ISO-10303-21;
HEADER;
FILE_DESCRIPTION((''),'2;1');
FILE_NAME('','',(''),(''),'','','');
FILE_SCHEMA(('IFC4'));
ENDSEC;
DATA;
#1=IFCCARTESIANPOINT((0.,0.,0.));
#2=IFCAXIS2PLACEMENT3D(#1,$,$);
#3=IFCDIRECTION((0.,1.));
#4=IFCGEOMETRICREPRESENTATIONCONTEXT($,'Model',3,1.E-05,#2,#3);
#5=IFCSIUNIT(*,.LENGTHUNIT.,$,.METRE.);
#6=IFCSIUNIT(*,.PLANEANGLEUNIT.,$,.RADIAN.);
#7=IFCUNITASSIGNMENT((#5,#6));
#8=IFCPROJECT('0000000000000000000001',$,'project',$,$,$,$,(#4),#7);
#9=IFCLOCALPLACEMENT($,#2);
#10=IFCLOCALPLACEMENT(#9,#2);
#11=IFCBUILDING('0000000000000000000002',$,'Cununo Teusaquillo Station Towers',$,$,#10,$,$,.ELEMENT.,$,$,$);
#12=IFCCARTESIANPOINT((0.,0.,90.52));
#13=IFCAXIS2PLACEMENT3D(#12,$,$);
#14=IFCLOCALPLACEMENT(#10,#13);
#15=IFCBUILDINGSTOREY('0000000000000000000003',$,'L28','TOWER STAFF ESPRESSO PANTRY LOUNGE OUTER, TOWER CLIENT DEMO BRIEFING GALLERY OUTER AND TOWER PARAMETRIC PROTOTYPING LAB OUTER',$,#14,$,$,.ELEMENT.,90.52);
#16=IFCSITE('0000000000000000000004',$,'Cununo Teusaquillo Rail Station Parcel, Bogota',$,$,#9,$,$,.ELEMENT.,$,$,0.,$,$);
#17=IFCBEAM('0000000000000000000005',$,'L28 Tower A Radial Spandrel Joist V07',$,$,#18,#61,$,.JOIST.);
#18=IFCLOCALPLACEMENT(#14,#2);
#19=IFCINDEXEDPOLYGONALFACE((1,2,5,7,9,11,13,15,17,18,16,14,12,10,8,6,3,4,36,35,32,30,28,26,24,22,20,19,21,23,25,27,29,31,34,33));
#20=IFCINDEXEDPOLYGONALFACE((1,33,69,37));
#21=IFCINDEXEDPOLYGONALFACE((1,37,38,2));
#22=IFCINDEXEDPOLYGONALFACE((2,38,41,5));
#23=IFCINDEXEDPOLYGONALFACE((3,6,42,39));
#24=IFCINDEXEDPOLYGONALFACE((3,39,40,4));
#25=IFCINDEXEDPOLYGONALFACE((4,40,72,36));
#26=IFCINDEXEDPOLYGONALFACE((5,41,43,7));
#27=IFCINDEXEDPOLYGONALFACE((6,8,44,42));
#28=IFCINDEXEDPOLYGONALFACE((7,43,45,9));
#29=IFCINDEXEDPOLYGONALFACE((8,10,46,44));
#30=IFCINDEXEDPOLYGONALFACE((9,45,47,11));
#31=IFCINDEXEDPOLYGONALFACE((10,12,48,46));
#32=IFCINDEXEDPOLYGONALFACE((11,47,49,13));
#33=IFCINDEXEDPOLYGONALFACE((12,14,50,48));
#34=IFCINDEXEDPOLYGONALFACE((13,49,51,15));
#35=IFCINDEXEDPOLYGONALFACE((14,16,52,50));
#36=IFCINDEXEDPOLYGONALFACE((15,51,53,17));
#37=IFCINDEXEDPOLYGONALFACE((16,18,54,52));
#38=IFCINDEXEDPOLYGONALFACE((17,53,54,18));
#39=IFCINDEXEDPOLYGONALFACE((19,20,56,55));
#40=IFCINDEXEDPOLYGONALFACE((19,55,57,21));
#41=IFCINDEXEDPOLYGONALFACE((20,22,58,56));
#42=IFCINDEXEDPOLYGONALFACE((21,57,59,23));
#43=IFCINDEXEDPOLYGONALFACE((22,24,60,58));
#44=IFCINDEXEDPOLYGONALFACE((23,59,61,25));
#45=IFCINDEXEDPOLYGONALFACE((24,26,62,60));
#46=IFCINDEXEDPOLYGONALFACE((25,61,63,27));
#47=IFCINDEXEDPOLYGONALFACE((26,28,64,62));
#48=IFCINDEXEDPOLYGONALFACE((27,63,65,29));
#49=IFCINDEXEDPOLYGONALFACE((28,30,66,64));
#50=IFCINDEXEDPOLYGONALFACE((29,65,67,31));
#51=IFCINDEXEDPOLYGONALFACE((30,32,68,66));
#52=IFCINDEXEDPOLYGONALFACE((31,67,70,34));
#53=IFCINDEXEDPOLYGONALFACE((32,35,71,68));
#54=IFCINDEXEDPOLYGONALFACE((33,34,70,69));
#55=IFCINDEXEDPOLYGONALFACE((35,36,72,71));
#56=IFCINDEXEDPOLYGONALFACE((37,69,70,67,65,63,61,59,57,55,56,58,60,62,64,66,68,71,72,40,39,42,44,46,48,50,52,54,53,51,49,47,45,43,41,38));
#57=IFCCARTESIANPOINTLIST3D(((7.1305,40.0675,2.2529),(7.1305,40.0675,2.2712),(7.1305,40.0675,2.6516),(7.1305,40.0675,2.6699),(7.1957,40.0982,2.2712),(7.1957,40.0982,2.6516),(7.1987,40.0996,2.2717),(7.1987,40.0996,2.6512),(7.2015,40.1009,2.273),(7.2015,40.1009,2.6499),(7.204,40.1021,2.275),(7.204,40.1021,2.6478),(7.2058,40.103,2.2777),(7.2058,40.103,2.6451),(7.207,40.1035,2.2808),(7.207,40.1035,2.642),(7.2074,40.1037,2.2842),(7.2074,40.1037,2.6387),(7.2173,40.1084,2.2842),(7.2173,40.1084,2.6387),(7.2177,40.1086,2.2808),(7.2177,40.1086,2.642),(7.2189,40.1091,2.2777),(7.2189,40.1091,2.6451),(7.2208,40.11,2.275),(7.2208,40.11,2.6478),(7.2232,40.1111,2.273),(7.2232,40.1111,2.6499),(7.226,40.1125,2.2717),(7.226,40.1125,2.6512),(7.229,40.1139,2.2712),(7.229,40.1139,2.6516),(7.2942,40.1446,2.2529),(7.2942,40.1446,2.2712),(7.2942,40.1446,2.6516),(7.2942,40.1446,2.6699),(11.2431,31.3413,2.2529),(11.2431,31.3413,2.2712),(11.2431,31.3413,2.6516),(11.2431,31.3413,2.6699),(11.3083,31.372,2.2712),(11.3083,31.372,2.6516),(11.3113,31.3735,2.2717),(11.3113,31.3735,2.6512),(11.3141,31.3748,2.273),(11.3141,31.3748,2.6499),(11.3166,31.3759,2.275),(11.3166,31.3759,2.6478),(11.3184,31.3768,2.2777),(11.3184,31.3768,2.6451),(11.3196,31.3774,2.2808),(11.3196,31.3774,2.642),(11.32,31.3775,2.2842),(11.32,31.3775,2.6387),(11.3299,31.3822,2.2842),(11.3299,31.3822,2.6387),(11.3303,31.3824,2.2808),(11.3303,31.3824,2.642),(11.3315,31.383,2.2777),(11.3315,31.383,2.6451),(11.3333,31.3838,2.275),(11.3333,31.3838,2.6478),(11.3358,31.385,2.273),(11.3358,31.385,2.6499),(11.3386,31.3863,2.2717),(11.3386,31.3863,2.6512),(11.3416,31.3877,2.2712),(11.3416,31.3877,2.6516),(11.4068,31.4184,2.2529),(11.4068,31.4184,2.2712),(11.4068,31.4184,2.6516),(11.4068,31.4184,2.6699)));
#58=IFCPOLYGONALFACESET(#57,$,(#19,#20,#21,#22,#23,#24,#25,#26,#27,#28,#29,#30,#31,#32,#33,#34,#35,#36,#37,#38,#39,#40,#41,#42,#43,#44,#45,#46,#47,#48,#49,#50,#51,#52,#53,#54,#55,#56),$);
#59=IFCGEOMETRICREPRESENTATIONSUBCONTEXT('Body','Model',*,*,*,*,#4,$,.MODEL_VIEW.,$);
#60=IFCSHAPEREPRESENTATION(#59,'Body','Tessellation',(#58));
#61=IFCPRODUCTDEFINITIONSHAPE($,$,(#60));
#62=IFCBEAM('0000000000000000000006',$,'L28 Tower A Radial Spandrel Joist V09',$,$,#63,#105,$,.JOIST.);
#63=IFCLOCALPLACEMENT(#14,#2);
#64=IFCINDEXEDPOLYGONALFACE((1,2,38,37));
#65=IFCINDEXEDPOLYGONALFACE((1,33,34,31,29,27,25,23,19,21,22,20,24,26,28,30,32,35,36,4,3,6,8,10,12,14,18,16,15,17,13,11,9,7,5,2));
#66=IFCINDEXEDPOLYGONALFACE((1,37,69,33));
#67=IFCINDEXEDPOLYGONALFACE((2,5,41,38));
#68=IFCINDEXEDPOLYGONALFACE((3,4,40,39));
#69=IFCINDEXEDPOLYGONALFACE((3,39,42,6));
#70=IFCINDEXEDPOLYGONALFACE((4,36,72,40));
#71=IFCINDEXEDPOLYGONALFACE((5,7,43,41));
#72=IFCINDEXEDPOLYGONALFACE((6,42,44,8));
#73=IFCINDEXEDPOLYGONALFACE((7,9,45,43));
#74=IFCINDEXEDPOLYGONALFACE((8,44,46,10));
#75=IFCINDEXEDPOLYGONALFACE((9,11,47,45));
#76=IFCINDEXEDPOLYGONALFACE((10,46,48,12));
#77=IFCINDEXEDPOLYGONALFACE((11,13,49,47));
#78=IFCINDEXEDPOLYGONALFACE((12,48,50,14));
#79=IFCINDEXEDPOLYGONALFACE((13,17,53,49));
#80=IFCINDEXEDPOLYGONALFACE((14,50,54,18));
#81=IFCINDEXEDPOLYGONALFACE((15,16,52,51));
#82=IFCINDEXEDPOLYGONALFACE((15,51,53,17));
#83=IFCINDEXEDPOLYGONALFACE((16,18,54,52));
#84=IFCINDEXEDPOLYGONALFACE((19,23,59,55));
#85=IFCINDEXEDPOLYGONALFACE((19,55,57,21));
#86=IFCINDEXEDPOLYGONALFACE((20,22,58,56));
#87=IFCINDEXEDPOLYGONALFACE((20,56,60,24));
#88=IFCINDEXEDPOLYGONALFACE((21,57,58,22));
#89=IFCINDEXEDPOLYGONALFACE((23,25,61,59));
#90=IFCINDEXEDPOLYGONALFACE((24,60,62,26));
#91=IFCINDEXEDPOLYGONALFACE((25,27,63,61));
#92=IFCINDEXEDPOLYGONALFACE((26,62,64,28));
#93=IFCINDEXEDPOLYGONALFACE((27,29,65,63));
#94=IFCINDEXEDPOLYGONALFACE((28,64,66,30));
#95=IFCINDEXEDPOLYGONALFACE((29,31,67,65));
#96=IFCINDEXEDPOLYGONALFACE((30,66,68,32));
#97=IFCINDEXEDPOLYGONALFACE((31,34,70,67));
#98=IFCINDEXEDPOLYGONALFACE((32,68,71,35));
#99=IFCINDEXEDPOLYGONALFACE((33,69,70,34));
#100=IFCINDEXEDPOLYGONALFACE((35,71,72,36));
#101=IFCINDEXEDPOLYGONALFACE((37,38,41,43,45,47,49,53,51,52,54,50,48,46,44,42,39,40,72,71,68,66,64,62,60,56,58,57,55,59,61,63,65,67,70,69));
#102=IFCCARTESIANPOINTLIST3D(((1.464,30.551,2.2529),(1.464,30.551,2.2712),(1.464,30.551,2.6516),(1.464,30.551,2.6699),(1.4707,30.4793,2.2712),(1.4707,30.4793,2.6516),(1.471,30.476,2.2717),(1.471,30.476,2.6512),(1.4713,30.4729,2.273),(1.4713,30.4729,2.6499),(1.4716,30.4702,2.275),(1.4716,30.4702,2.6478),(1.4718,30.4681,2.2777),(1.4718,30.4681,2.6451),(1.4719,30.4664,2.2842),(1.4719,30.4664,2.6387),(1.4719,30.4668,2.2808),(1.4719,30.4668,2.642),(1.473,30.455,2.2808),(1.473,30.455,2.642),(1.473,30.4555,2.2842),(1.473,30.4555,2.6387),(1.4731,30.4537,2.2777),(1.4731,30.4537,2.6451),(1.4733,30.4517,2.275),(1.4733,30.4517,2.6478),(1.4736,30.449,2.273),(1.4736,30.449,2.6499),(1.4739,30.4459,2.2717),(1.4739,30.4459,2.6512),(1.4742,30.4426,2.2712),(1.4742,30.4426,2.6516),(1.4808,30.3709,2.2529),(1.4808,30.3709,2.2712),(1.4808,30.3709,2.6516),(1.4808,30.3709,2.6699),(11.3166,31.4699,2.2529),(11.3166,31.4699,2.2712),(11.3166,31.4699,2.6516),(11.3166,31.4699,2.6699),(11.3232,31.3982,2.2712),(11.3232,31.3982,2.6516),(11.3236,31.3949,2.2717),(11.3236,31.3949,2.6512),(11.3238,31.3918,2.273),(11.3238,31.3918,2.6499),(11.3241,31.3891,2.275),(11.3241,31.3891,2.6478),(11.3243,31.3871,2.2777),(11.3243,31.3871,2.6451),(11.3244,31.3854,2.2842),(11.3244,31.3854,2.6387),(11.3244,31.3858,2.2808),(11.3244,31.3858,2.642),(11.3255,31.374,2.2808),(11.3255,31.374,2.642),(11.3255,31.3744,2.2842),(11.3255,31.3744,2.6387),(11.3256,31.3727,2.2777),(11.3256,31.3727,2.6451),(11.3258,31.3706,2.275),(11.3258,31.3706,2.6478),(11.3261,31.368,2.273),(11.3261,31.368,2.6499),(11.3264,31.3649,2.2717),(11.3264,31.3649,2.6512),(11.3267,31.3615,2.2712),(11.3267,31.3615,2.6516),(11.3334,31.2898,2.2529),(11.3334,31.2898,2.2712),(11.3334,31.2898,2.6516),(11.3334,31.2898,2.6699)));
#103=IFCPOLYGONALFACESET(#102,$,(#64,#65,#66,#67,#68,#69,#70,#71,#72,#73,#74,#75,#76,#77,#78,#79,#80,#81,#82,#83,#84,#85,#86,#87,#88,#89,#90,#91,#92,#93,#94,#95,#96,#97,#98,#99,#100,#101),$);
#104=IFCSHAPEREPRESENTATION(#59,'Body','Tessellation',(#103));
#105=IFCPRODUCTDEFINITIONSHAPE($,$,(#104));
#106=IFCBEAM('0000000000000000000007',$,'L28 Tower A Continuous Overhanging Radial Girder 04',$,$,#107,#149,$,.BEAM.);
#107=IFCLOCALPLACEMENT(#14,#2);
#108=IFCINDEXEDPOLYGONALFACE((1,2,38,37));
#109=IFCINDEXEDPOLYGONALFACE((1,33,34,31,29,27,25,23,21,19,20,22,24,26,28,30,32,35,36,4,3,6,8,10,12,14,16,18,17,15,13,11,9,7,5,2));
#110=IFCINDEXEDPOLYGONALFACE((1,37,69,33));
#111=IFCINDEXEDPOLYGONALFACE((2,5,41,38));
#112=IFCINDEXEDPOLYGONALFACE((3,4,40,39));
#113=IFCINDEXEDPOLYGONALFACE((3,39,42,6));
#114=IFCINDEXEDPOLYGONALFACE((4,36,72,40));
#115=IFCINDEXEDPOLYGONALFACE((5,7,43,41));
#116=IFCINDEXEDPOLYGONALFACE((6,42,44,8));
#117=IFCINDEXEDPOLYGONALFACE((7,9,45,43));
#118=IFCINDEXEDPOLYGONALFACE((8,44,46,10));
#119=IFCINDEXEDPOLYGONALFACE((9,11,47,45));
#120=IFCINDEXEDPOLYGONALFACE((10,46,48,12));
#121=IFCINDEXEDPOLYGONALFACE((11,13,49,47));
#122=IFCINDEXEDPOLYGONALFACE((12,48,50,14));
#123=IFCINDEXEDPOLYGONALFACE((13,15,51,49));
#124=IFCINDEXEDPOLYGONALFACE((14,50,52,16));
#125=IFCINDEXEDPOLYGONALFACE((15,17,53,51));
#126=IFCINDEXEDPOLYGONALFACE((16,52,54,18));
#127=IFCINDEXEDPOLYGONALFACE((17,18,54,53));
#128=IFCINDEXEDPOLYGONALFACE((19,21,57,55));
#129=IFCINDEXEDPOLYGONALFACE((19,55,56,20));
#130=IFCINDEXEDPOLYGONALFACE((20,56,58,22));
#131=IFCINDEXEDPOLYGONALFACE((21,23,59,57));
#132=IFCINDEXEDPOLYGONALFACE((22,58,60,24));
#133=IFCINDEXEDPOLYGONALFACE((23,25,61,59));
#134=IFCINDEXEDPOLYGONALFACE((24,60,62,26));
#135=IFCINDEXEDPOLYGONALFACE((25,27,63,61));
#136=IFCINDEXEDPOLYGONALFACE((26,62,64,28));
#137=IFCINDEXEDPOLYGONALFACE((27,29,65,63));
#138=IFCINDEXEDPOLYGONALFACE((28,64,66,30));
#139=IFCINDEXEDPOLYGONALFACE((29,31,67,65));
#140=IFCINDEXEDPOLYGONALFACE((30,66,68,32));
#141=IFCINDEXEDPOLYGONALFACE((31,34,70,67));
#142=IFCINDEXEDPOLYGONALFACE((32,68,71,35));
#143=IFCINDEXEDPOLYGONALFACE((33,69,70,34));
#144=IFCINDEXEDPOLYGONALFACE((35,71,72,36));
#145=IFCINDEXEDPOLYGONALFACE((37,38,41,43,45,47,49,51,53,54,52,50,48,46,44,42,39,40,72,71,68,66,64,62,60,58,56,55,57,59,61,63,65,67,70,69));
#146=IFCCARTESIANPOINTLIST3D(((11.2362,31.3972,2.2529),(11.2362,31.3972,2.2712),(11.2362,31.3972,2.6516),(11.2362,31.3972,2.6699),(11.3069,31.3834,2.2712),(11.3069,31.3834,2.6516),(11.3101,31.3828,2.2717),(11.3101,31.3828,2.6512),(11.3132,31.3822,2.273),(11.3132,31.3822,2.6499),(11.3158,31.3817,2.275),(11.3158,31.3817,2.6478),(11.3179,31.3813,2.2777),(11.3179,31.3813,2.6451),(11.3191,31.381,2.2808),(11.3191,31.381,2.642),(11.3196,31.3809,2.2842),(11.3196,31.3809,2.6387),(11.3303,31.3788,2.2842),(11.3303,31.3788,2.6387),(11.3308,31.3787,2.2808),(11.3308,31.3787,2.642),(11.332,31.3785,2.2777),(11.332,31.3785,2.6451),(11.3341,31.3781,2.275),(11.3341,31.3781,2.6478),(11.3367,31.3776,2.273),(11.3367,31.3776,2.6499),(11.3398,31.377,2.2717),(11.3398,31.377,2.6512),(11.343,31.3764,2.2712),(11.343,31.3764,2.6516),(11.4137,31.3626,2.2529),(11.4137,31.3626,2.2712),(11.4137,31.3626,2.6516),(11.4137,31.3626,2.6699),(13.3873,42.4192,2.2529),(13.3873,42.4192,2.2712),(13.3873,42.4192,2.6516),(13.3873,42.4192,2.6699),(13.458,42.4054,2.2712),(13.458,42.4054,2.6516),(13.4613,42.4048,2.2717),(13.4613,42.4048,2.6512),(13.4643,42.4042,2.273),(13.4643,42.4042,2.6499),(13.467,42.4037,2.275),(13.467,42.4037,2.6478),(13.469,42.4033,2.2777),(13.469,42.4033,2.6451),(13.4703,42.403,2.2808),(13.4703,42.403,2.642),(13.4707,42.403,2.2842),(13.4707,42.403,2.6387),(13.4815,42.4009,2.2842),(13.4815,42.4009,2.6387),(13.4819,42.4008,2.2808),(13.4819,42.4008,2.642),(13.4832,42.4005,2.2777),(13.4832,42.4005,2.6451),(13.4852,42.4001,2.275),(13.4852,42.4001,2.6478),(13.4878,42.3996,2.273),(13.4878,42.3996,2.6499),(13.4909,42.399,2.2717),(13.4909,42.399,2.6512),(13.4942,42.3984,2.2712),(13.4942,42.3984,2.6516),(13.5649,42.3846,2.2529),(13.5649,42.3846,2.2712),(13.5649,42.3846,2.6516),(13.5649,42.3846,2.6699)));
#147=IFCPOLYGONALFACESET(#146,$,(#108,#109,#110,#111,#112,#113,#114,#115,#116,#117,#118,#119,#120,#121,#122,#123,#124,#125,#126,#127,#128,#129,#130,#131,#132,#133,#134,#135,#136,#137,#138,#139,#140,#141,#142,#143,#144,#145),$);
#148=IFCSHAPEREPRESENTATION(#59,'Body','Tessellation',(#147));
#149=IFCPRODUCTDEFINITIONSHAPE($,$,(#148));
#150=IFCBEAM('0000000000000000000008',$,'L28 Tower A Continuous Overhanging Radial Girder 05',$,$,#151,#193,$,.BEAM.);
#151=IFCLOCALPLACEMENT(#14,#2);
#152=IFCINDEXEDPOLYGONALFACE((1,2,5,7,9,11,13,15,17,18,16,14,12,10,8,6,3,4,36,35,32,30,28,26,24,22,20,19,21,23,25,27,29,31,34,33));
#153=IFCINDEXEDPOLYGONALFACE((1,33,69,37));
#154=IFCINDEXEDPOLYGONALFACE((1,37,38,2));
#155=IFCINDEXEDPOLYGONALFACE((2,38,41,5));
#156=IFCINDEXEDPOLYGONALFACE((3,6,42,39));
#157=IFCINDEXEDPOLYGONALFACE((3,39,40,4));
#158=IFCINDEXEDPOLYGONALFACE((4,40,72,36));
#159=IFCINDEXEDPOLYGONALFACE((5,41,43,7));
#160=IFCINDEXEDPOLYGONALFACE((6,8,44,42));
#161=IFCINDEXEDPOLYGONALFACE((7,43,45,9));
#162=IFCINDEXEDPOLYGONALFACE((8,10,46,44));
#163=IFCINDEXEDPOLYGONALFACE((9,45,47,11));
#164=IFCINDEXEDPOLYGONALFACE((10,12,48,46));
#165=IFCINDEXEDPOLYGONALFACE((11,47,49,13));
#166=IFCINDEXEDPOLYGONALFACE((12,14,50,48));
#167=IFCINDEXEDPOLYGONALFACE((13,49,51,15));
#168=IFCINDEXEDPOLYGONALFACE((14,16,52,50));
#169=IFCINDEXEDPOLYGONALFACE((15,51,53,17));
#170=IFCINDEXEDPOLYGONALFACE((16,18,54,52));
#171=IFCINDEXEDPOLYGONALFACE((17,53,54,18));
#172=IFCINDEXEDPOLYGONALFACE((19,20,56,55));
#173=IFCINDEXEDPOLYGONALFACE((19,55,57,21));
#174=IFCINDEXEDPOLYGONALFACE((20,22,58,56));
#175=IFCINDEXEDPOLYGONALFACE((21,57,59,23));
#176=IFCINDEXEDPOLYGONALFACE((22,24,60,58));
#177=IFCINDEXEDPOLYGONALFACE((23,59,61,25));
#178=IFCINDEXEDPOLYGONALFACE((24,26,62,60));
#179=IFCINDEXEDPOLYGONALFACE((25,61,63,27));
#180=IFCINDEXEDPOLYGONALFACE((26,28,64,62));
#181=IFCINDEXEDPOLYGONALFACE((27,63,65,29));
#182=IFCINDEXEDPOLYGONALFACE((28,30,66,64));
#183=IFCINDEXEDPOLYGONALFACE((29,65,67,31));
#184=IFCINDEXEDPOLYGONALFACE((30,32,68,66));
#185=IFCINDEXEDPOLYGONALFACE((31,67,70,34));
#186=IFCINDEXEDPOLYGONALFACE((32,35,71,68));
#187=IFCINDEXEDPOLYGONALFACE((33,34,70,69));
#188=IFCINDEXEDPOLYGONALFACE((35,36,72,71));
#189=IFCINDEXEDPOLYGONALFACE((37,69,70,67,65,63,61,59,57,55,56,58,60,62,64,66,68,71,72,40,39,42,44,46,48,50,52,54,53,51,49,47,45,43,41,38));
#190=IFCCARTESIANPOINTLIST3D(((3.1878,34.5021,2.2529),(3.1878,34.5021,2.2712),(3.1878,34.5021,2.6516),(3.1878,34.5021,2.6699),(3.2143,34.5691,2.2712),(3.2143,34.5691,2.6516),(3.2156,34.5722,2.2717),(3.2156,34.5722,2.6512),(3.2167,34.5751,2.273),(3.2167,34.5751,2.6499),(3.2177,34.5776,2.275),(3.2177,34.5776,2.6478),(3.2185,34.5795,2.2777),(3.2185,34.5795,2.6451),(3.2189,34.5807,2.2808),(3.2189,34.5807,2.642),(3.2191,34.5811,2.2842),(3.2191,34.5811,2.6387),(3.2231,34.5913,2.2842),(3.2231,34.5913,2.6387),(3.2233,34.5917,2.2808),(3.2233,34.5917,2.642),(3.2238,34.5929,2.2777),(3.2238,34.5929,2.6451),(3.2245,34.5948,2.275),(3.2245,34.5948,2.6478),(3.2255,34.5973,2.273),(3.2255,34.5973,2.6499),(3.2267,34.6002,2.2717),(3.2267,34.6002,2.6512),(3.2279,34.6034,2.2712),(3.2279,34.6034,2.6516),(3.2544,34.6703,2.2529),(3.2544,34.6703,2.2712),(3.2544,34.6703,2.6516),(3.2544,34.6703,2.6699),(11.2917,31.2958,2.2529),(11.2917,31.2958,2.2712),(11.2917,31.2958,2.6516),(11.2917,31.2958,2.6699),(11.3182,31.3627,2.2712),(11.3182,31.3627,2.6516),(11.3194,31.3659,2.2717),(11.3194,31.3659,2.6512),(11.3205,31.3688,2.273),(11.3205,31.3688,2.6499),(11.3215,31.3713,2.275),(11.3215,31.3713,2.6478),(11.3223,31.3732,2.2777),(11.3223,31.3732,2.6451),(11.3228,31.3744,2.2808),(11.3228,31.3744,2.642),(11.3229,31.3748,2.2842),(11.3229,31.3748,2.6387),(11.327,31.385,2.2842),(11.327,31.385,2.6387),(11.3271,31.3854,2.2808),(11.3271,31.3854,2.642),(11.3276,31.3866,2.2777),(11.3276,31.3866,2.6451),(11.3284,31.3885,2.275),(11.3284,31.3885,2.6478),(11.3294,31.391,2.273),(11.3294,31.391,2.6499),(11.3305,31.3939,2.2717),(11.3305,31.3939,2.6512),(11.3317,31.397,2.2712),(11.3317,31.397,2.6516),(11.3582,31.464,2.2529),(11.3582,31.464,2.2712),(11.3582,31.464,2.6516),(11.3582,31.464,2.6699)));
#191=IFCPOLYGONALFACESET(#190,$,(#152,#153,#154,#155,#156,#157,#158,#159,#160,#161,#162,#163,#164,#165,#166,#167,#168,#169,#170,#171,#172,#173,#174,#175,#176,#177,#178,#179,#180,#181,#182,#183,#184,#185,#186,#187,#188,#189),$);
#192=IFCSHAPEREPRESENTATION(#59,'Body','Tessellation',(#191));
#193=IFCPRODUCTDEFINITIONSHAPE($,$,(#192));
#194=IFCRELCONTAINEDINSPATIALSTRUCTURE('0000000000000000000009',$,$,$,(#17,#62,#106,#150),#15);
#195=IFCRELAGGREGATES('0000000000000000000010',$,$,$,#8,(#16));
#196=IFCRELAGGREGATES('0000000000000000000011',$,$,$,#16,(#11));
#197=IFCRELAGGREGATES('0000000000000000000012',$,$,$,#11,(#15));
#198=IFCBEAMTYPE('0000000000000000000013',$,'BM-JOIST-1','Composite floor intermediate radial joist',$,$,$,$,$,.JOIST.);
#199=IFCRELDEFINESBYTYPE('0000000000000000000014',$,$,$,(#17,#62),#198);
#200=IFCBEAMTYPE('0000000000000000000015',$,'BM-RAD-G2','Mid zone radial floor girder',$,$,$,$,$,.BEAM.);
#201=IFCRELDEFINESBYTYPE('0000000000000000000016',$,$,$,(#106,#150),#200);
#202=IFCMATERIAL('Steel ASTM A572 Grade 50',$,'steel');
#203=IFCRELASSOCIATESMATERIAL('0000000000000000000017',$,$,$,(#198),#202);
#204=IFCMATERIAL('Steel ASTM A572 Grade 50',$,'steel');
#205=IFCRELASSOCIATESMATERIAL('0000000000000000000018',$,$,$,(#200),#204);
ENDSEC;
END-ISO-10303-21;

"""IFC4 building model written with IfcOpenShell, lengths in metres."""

from ifc_helpers import new_model, si_unit, direction, frame, origin, origin_2d, place, context, subcontext, project, spatial, i_section, extrude, material, material_profile, profile_set, type_object, element, save


model = new_model("IFC4")

# Units and contexts
model_context = context("Model", 3, precision=1e-05, world=origin(), true_north=direction((0.0, 1.0)))
body_context = subcontext(model_context, "Body", "Model", "MODEL_VIEW")
ifc_project = project(units=[si_unit("LENGTHUNIT", "METRE"), si_unit("PLANEANGLEUNIT", "RADIAN")], contexts=[model_context])

# Site, building, storey
site_placement = place(None, origin())
site = spatial("IfcSite", under=ifc_project, at=site_placement, Name="Cununo Teusaquillo Rail Station Parcel, Bogota", CompositionType="ELEMENT", RefElevation=0.0)
building_placement = place(site_placement, origin())
building = spatial("IfcBuilding", under=site, at=building_placement, Name="Cununo Teusaquillo Station Towers", CompositionType="ELEMENT")
storey_placement = place(building_placement, frame((0.0, 0.0, 90.52)))
storey = spatial("IfcBuildingStorey", under=building, at=storey_placement, Name="L28", Description="TOWER STAFF ESPRESSO PANTRY LOUNGE OUTER, TOWER CLIENT DEMO BRIEFING GALLERY OUTER AND TOWER PARAMETRIC PROTOTYPING LAB OUTER", CompositionType="ELEMENT", Elevation=90.52)

# Beams
ifc_material_1 = material(Name="Steel ASTM A572 Grade 50", Category="steel")
ifc_material_profile_1 = material_profile(ifc_material_1, i_section(OverallWidth=0.1809, OverallDepth=0.417, WebThickness=0.011, FlangeThickness=0.0183, FilletRadius=0.0129, at=origin_2d()), Name="W16X57")
ifc_profile_set_1 = profile_set([ifc_material_profile_1], Name="Steel ASTM A572 Grade 50")
beam_type_1 = type_object("IfcBeamType", Name="BM-JOIST-1", Description="Composite floor intermediate radial joist", PredefinedType="JOIST", material=ifc_profile_set_1)
beam_1_placement = place(storey_placement, frame((11.325, 31.3799, 2.4614), z_axis=(-0.42632, 0.904572, 0.0), x_axis=(-0.904572, -0.42632, 0.0)))
element("IfcBeam", 1, at=beam_1_placement, inside=storey, type_object=beam_type_1, Name="L28 Tower A Radial Spandrel Joist V07", PredefinedType="JOIST", context=body_context, shape_type="SweptSolid", body=[
    extrude(i_section(OverallWidth=0.1809, OverallDepth=0.417, WebThickness=0.011, FlangeThickness=0.0183, FilletRadius=0.0129, at=origin_2d()), origin(), (0.0, 0.0, 1.0), 9.6467),
])
beam_2_placement = place(storey_placement, frame((11.325, 31.3799, 2.4614), z_axis=(-0.995679, -0.092867, 0.0), x_axis=(0.092867, -0.995679, 0.0)))
element("IfcBeam", 2, at=beam_2_placement, inside=storey, type_object=beam_type_1, Name="L28 Tower A Radial Spandrel Joist V09", PredefinedType="JOIST", context=body_context, shape_type="SweptSolid", body=[
    extrude(i_section(OverallWidth=0.1809, OverallDepth=0.417, WebThickness=0.011, FlangeThickness=0.0183, FilletRadius=0.0129, at=origin_2d()), origin(), (0.0, 0.0, 1.0), 9.8953),
])
ifc_material_2 = material(Name="Steel ASTM A572 Grade 50", Category="steel")
ifc_material_profile_2 = material_profile(ifc_material_2, i_section(OverallWidth=0.1809, OverallDepth=0.417, WebThickness=0.011, FlangeThickness=0.0183, FilletRadius=0.0129, at=origin_2d()), Name="W16X57")
ifc_profile_set_2 = profile_set([ifc_material_profile_2], Name="Steel ASTM A572 Grade 50")
beam_type_2 = type_object("IfcBeamType", Name="BM-RAD-G2", Description="Mid zone radial floor girder", PredefinedType="BEAM", material=ifc_profile_set_2)
beam_3_placement = place(storey_placement, frame((11.325, 31.3799, 2.4614), z_axis=(0.191553, 0.981482, 0.0), x_axis=(-0.981482, 0.191553, 0.0)))
element("IfcBeam", 3, at=beam_3_placement, inside=storey, type_object=beam_type_2, Name="L28 Tower A Continuous Overhanging Radial Girder 04", PredefinedType="BEAM", context=body_context, shape_type="SweptSolid", body=[
    extrude(i_section(OverallWidth=0.1809, OverallDepth=0.417, WebThickness=0.011, FlangeThickness=0.0183, FilletRadius=0.0129, at=origin_2d()), origin(), (0.0, 0.0, 1.0), 11.23),
])
beam_4_placement = place(storey_placement, frame((11.325, 31.3799, 2.4614), z_axis=(-0.929863, 0.367906, 0.0), x_axis=(-0.367906, -0.929863, 0.0)))
element("IfcBeam", 4, at=beam_4_placement, inside=storey, type_object=beam_type_2, Name="L28 Tower A Continuous Overhanging Radial Girder 05", PredefinedType="BEAM", context=body_context, shape_type="SweptSolid", body=[
    extrude(i_section(OverallWidth=0.1809, OverallDepth=0.417, WebThickness=0.011, FlangeThickness=0.0183, FilletRadius=0.0129, at=origin_2d()), origin(), (0.0, 0.0, 1.0), 8.7151),
])

save(model, "model.ifc")
